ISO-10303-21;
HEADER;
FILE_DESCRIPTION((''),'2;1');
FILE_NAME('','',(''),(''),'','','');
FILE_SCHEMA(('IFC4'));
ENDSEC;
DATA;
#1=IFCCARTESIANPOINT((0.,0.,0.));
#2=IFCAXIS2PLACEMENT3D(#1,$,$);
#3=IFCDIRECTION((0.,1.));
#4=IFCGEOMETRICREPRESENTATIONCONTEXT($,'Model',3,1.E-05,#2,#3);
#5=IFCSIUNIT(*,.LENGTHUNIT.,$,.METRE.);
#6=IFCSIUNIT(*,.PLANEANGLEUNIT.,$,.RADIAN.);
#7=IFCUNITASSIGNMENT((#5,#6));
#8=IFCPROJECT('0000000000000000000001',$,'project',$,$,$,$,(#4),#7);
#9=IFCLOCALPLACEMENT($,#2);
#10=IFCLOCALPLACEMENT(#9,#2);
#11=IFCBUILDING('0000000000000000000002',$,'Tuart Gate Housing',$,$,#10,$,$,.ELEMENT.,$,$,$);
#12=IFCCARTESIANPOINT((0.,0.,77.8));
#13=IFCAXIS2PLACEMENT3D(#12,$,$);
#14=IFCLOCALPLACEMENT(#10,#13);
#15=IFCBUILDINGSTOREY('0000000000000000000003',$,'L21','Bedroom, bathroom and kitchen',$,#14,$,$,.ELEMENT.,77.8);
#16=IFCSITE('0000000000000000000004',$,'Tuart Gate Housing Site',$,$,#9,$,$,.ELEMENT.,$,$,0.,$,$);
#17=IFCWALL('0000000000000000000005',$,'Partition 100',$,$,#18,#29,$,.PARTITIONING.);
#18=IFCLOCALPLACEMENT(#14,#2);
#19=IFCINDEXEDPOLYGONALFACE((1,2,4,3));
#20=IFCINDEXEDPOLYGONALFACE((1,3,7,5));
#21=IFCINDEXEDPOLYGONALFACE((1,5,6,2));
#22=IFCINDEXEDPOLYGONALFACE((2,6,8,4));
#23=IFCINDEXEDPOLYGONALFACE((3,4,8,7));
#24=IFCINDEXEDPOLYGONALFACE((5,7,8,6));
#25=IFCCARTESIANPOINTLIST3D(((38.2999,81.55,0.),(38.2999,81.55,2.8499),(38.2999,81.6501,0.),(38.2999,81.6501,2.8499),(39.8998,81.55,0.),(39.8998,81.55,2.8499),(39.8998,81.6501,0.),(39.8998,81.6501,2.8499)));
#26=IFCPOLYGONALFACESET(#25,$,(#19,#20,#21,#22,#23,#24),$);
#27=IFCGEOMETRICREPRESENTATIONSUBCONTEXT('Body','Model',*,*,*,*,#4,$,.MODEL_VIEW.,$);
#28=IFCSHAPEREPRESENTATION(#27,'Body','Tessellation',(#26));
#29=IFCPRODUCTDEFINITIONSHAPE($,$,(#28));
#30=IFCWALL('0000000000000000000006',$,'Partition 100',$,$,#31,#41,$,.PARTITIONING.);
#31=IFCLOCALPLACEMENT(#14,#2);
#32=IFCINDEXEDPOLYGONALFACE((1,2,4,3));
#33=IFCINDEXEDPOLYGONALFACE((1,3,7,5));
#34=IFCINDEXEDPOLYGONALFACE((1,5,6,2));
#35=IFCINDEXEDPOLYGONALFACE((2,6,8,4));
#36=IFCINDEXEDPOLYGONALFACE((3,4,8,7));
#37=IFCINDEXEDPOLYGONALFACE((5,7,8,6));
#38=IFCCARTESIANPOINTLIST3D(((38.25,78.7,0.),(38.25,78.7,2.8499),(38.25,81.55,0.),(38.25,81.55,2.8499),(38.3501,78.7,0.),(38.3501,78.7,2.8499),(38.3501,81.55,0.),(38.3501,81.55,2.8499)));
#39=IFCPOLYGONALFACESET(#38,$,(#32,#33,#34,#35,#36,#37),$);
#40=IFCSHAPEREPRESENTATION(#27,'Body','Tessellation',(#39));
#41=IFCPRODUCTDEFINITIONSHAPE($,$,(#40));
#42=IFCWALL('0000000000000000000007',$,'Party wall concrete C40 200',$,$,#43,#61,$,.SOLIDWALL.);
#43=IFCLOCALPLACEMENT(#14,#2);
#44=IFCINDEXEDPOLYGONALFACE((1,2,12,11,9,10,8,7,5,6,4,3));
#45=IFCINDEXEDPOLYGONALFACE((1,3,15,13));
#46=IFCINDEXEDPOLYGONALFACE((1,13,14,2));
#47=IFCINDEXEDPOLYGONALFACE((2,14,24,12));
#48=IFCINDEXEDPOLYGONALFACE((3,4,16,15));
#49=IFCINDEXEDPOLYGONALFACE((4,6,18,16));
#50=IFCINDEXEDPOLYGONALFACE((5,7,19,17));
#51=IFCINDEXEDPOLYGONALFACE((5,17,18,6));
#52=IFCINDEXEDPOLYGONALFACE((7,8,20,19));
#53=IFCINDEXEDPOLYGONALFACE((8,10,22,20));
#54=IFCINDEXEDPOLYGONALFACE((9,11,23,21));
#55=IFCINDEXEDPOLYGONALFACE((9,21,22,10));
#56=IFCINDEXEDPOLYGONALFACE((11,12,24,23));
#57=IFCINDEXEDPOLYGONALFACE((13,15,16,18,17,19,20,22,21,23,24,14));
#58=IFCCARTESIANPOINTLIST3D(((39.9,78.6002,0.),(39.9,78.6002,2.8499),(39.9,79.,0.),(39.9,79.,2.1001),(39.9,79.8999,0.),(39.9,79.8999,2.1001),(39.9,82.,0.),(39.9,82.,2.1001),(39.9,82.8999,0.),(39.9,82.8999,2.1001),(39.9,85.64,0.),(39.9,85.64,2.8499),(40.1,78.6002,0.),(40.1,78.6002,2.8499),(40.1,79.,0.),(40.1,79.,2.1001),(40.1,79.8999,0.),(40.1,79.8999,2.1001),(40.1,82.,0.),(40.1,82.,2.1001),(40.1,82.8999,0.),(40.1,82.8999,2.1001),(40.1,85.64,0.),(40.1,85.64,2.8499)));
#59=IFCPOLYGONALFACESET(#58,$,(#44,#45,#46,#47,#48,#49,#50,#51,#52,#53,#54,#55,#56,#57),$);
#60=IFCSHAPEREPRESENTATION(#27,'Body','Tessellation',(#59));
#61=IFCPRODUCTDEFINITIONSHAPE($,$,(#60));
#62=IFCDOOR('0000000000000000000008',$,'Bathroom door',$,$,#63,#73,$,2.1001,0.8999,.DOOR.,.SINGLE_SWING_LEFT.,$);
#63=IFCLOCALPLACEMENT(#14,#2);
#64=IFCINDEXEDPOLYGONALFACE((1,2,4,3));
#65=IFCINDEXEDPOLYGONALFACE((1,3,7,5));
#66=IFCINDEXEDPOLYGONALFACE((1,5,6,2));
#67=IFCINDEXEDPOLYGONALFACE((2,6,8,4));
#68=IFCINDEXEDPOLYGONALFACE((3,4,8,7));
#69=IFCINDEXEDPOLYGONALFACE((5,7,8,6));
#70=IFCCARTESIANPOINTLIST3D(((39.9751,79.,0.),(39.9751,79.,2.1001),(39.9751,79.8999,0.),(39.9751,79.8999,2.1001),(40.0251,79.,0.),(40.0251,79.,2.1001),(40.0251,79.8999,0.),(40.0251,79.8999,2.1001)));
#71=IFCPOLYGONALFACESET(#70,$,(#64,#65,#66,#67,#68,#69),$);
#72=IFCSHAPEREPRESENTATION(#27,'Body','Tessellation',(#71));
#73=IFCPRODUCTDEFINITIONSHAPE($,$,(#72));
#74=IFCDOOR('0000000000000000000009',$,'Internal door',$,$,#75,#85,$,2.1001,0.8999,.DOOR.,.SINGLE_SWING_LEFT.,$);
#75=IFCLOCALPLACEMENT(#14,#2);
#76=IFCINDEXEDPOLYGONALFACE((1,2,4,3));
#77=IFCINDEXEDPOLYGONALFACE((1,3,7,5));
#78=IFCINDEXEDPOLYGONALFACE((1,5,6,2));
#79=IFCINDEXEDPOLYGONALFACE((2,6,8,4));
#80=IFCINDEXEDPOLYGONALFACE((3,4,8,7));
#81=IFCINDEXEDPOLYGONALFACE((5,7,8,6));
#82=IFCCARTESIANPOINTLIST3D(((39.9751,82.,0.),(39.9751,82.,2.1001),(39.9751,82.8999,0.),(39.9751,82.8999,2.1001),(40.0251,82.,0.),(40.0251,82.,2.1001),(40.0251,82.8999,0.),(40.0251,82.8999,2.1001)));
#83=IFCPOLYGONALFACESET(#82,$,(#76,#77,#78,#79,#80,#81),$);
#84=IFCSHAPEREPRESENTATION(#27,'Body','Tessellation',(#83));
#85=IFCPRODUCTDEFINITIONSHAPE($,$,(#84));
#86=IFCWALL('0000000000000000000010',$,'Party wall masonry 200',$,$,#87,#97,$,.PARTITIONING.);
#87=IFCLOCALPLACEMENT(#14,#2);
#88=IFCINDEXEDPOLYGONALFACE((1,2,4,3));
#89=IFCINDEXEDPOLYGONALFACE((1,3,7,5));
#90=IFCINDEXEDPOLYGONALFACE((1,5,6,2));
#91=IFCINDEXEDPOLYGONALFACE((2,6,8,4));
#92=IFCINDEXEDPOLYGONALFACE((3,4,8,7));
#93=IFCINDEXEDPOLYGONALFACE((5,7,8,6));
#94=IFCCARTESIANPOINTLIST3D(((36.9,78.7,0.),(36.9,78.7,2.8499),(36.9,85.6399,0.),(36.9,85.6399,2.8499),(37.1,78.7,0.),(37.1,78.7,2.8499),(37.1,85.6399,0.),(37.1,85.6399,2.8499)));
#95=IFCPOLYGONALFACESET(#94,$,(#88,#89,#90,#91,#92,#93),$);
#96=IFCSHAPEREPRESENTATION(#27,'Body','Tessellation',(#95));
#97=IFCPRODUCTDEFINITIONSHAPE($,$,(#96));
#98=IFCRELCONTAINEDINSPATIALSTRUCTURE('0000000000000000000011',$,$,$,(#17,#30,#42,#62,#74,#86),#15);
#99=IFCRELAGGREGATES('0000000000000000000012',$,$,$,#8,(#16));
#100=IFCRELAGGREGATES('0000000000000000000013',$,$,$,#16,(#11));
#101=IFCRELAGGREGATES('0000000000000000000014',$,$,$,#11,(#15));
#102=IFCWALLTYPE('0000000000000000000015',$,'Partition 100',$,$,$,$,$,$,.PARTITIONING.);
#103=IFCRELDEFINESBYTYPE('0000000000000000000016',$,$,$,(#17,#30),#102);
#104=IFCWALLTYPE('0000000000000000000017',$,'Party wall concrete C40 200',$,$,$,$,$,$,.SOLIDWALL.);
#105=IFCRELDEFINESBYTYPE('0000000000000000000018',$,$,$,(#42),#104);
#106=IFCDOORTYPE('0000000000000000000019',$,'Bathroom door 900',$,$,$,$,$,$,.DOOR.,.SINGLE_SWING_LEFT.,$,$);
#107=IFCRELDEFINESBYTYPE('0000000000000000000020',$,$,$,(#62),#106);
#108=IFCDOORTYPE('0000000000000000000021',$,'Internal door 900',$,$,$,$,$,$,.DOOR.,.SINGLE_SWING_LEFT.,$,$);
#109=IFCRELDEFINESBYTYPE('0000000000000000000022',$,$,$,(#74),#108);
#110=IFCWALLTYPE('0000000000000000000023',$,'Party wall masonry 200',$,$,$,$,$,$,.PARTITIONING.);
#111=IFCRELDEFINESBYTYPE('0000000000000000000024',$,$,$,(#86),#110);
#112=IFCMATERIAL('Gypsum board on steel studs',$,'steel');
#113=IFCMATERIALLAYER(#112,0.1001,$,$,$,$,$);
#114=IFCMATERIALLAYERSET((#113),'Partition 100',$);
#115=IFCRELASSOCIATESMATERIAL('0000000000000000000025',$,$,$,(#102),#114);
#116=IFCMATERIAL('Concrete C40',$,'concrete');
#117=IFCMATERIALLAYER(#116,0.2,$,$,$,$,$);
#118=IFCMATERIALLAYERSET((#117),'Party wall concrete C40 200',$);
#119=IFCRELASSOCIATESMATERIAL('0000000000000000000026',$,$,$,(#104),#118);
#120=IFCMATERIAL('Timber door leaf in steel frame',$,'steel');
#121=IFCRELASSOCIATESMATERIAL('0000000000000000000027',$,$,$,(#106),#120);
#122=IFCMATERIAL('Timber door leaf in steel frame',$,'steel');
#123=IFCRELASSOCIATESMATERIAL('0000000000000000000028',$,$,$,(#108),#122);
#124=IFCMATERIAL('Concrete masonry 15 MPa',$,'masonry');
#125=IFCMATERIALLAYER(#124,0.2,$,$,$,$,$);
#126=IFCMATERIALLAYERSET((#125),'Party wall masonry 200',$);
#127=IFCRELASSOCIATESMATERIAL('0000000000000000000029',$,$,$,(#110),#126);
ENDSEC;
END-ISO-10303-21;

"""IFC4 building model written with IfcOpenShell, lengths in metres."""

from ifc_helpers import new_model, si_unit, direction, frame, frame_2d, origin, place, context, subcontext, project, spatial, rectangle, extrude, material, layer, layer_set, type_object, element, fill, save


model = new_model("IFC4")

# Units and contexts
model_context = context("Model", 3, precision=1e-05, world=origin(), true_north=direction((0.0, 1.0)))
body_context = subcontext(model_context, "Body", "Model", "MODEL_VIEW")
ifc_project = project(units=[si_unit("LENGTHUNIT", "METRE"), si_unit("PLANEANGLEUNIT", "RADIAN")], contexts=[model_context])

# Site, building, storey
site_placement = place(None, origin())
site = spatial("IfcSite", under=ifc_project, at=site_placement, Name="Tuart Gate Housing Site", CompositionType="ELEMENT", RefElevation=0.0)
building_placement = place(site_placement, origin())
building = spatial("IfcBuilding", under=site, at=building_placement, Name="Tuart Gate Housing", CompositionType="ELEMENT")
storey_placement = place(building_placement, frame((0.0, 0.0, 77.8)))
storey = spatial("IfcBuildingStorey", under=building, at=storey_placement, Name="L21", Description="Bedroom, bathroom and kitchen", CompositionType="ELEMENT", Elevation=77.8)

# Walls
ifc_material_1 = material(Name="Gypsum board on steel studs", Category="steel")
ifc_layer_1 = layer(ifc_material_1, 0.1001)
ifc_layer_set_1 = layer_set([ifc_layer_1], Name="Partition 100")
wall_type_1 = type_object("IfcWallType", Name="Partition 100", PredefinedType="PARTITIONING", material=ifc_layer_set_1)
wall_1_placement = place(storey_placement, frame((38.3, 81.6001, 0.0), z_axis=(0.0, 0.0, 1.0), x_axis=(1.0, 0.0, 0.0)))
element("IfcWall", 1, at=wall_1_placement, inside=storey, type_object=wall_type_1, Name="Partition 100", PredefinedType="PARTITIONING", context=body_context, shape_type="SweptSolid", body=[
    extrude(rectangle(XDim=1.5999, YDim=0.1001, at=frame_2d((0.7998, 0.0))), origin(), (0.0, 0.0, 1.0), 2.8499),
])
wall_2_placement = place(storey_placement, frame((38.3, 78.7, 0.0), z_axis=(0.0, 0.0, 1.0), x_axis=(0.0, 1.0, 0.0)))
element("IfcWall", 2, at=wall_2_placement, inside=storey, type_object=wall_type_1, Name="Partition 100", PredefinedType="PARTITIONING", context=body_context, shape_type="SweptSolid", body=[
    extrude(rectangle(XDim=2.8501, YDim=0.1001, at=frame_2d((1.425, 0.0))), origin(), (0.0, 0.0, 1.0), 2.8499),
])

# Wall, openings, doors
ifc_material_2 = material(Name="Concrete C40", Category="concrete")
ifc_layer_2 = layer(ifc_material_2, 0.2)
ifc_layer_set_2 = layer_set([ifc_layer_2], Name="Party wall concrete C40 200")
wall_type_2 = type_object("IfcWallType", Name="Party wall concrete C40 200", PredefinedType="SOLIDWALL", material=ifc_layer_set_2)
wall_3_placement = place(storey_placement, frame((40.0, 78.6001, 0.0), z_axis=(0.0, 0.0, 1.0), x_axis=(0.0, 1.0, 0.0)))
wall_3 = element("IfcWall", 3, at=wall_3_placement, inside=storey, type_object=wall_type_2, Name="Party wall concrete C40 200", PredefinedType="SOLIDWALL", context=body_context, shape_type="SweptSolid", body=[
    extrude(rectangle(XDim=7.0398, YDim=0.2, at=frame_2d((3.52, 0.0))), origin(), (0.0, 0.0, 1.0), 2.8499),
])
opening_1_placement = place(wall_3_placement, frame((3.3999, 0.0, 0.0)))
opening_1 = element("IfcOpeningElement", 4, at=opening_1_placement, cuts=wall_3, PredefinedType="OPENING", context=body_context, shape_type="SweptSolid", body=[
    extrude(rectangle(XDim=0.8999, YDim=2.1001, at=frame_2d((0.45, 1.05))), frame((0.0, 0.1099, 0.0), z_axis=(0.0, -1.0, 0.0), x_axis=(1.0, 0.0, 0.0)), (0.0, 0.0, 1.0), 0.22),
])
opening_2_placement = place(wall_3_placement, frame((0.3999, 0.0, 0.0)))
opening_2 = element("IfcOpeningElement", 5, at=opening_2_placement, cuts=wall_3, PredefinedType="OPENING", context=body_context, shape_type="SweptSolid", body=[
    extrude(rectangle(XDim=0.8999, YDim=2.1001, at=frame_2d((0.45, 1.05))), frame((0.0, 0.1099, 0.0), z_axis=(0.0, -1.0, 0.0), x_axis=(1.0, 0.0, 0.0)), (0.0, 0.0, 1.0), 0.22),
])
ifc_material_3 = material(Name="Timber door leaf in steel frame", Category="steel")
door_type_1 = type_object("IfcDoorType", Name="Bathroom door 900", OperationType="SINGLE_SWING_LEFT", PredefinedType="DOOR", material=ifc_material_3)
door_1_placement = place(opening_2_placement, origin())
door_1 = element("IfcDoor", 6, at=door_1_placement, inside=storey, type_object=door_type_1, Name="Bathroom door", OperationType="SINGLE_SWING_LEFT", OverallHeight=2.1001, OverallWidth=0.8999, PredefinedType="DOOR", context=body_context, shape_type="SweptSolid", body=[
    extrude(rectangle(XDim=0.8999, YDim=2.1001, at=frame_2d((0.45, 1.05))), frame((0.0, 0.0249, 0.0), z_axis=(0.0, -1.0, 0.0), x_axis=(1.0, 0.0, 0.0)), (0.0, 0.0, 1.0), 0.05),
])
fill(opening_2, door_1)
ifc_material_4 = material(Name="Timber door leaf in steel frame", Category="steel")
door_type_2 = type_object("IfcDoorType", Name="Internal door 900", OperationType="SINGLE_SWING_LEFT", PredefinedType="DOOR", material=ifc_material_4)
door_2_placement = place(opening_1_placement, origin())
door_2 = element("IfcDoor", 7, at=door_2_placement, inside=storey, type_object=door_type_2, Name="Internal door", OperationType="SINGLE_SWING_LEFT", OverallHeight=2.1001, OverallWidth=0.8999, PredefinedType="DOOR", context=body_context, shape_type="SweptSolid", body=[
    extrude(rectangle(XDim=0.8999, YDim=2.1001, at=frame_2d((0.45, 1.05))), frame((0.0, 0.0249, 0.0), z_axis=(0.0, -1.0, 0.0), x_axis=(1.0, 0.0, 0.0)), (0.0, 0.0, 1.0), 0.05),
])
fill(opening_1, door_2)

# Wall
ifc_material_5 = material(Name="Concrete masonry 15 MPa", Category="masonry")
ifc_layer_3 = layer(ifc_material_5, 0.2)
ifc_layer_set_3 = layer_set([ifc_layer_3], Name="Party wall masonry 200")
wall_type_3 = type_object("IfcWallType", Name="Party wall masonry 200", PredefinedType="PARTITIONING", material=ifc_layer_set_3)
wall_4_placement = place(storey_placement, frame((37.0, 78.7, 0.0), z_axis=(0.0, 0.0, 1.0), x_axis=(0.0, 1.0, 0.0)))
element("IfcWall", 8, at=wall_4_placement, inside=storey, type_object=wall_type_3, Name="Party wall masonry 200", PredefinedType="PARTITIONING", context=body_context, shape_type="SweptSolid", body=[
    extrude(rectangle(XDim=6.9399, YDim=0.2, at=frame_2d((3.47, 0.0))), origin(), (0.0, 0.0, 1.0), 2.8499),
])

save(model, "model.ifc")
